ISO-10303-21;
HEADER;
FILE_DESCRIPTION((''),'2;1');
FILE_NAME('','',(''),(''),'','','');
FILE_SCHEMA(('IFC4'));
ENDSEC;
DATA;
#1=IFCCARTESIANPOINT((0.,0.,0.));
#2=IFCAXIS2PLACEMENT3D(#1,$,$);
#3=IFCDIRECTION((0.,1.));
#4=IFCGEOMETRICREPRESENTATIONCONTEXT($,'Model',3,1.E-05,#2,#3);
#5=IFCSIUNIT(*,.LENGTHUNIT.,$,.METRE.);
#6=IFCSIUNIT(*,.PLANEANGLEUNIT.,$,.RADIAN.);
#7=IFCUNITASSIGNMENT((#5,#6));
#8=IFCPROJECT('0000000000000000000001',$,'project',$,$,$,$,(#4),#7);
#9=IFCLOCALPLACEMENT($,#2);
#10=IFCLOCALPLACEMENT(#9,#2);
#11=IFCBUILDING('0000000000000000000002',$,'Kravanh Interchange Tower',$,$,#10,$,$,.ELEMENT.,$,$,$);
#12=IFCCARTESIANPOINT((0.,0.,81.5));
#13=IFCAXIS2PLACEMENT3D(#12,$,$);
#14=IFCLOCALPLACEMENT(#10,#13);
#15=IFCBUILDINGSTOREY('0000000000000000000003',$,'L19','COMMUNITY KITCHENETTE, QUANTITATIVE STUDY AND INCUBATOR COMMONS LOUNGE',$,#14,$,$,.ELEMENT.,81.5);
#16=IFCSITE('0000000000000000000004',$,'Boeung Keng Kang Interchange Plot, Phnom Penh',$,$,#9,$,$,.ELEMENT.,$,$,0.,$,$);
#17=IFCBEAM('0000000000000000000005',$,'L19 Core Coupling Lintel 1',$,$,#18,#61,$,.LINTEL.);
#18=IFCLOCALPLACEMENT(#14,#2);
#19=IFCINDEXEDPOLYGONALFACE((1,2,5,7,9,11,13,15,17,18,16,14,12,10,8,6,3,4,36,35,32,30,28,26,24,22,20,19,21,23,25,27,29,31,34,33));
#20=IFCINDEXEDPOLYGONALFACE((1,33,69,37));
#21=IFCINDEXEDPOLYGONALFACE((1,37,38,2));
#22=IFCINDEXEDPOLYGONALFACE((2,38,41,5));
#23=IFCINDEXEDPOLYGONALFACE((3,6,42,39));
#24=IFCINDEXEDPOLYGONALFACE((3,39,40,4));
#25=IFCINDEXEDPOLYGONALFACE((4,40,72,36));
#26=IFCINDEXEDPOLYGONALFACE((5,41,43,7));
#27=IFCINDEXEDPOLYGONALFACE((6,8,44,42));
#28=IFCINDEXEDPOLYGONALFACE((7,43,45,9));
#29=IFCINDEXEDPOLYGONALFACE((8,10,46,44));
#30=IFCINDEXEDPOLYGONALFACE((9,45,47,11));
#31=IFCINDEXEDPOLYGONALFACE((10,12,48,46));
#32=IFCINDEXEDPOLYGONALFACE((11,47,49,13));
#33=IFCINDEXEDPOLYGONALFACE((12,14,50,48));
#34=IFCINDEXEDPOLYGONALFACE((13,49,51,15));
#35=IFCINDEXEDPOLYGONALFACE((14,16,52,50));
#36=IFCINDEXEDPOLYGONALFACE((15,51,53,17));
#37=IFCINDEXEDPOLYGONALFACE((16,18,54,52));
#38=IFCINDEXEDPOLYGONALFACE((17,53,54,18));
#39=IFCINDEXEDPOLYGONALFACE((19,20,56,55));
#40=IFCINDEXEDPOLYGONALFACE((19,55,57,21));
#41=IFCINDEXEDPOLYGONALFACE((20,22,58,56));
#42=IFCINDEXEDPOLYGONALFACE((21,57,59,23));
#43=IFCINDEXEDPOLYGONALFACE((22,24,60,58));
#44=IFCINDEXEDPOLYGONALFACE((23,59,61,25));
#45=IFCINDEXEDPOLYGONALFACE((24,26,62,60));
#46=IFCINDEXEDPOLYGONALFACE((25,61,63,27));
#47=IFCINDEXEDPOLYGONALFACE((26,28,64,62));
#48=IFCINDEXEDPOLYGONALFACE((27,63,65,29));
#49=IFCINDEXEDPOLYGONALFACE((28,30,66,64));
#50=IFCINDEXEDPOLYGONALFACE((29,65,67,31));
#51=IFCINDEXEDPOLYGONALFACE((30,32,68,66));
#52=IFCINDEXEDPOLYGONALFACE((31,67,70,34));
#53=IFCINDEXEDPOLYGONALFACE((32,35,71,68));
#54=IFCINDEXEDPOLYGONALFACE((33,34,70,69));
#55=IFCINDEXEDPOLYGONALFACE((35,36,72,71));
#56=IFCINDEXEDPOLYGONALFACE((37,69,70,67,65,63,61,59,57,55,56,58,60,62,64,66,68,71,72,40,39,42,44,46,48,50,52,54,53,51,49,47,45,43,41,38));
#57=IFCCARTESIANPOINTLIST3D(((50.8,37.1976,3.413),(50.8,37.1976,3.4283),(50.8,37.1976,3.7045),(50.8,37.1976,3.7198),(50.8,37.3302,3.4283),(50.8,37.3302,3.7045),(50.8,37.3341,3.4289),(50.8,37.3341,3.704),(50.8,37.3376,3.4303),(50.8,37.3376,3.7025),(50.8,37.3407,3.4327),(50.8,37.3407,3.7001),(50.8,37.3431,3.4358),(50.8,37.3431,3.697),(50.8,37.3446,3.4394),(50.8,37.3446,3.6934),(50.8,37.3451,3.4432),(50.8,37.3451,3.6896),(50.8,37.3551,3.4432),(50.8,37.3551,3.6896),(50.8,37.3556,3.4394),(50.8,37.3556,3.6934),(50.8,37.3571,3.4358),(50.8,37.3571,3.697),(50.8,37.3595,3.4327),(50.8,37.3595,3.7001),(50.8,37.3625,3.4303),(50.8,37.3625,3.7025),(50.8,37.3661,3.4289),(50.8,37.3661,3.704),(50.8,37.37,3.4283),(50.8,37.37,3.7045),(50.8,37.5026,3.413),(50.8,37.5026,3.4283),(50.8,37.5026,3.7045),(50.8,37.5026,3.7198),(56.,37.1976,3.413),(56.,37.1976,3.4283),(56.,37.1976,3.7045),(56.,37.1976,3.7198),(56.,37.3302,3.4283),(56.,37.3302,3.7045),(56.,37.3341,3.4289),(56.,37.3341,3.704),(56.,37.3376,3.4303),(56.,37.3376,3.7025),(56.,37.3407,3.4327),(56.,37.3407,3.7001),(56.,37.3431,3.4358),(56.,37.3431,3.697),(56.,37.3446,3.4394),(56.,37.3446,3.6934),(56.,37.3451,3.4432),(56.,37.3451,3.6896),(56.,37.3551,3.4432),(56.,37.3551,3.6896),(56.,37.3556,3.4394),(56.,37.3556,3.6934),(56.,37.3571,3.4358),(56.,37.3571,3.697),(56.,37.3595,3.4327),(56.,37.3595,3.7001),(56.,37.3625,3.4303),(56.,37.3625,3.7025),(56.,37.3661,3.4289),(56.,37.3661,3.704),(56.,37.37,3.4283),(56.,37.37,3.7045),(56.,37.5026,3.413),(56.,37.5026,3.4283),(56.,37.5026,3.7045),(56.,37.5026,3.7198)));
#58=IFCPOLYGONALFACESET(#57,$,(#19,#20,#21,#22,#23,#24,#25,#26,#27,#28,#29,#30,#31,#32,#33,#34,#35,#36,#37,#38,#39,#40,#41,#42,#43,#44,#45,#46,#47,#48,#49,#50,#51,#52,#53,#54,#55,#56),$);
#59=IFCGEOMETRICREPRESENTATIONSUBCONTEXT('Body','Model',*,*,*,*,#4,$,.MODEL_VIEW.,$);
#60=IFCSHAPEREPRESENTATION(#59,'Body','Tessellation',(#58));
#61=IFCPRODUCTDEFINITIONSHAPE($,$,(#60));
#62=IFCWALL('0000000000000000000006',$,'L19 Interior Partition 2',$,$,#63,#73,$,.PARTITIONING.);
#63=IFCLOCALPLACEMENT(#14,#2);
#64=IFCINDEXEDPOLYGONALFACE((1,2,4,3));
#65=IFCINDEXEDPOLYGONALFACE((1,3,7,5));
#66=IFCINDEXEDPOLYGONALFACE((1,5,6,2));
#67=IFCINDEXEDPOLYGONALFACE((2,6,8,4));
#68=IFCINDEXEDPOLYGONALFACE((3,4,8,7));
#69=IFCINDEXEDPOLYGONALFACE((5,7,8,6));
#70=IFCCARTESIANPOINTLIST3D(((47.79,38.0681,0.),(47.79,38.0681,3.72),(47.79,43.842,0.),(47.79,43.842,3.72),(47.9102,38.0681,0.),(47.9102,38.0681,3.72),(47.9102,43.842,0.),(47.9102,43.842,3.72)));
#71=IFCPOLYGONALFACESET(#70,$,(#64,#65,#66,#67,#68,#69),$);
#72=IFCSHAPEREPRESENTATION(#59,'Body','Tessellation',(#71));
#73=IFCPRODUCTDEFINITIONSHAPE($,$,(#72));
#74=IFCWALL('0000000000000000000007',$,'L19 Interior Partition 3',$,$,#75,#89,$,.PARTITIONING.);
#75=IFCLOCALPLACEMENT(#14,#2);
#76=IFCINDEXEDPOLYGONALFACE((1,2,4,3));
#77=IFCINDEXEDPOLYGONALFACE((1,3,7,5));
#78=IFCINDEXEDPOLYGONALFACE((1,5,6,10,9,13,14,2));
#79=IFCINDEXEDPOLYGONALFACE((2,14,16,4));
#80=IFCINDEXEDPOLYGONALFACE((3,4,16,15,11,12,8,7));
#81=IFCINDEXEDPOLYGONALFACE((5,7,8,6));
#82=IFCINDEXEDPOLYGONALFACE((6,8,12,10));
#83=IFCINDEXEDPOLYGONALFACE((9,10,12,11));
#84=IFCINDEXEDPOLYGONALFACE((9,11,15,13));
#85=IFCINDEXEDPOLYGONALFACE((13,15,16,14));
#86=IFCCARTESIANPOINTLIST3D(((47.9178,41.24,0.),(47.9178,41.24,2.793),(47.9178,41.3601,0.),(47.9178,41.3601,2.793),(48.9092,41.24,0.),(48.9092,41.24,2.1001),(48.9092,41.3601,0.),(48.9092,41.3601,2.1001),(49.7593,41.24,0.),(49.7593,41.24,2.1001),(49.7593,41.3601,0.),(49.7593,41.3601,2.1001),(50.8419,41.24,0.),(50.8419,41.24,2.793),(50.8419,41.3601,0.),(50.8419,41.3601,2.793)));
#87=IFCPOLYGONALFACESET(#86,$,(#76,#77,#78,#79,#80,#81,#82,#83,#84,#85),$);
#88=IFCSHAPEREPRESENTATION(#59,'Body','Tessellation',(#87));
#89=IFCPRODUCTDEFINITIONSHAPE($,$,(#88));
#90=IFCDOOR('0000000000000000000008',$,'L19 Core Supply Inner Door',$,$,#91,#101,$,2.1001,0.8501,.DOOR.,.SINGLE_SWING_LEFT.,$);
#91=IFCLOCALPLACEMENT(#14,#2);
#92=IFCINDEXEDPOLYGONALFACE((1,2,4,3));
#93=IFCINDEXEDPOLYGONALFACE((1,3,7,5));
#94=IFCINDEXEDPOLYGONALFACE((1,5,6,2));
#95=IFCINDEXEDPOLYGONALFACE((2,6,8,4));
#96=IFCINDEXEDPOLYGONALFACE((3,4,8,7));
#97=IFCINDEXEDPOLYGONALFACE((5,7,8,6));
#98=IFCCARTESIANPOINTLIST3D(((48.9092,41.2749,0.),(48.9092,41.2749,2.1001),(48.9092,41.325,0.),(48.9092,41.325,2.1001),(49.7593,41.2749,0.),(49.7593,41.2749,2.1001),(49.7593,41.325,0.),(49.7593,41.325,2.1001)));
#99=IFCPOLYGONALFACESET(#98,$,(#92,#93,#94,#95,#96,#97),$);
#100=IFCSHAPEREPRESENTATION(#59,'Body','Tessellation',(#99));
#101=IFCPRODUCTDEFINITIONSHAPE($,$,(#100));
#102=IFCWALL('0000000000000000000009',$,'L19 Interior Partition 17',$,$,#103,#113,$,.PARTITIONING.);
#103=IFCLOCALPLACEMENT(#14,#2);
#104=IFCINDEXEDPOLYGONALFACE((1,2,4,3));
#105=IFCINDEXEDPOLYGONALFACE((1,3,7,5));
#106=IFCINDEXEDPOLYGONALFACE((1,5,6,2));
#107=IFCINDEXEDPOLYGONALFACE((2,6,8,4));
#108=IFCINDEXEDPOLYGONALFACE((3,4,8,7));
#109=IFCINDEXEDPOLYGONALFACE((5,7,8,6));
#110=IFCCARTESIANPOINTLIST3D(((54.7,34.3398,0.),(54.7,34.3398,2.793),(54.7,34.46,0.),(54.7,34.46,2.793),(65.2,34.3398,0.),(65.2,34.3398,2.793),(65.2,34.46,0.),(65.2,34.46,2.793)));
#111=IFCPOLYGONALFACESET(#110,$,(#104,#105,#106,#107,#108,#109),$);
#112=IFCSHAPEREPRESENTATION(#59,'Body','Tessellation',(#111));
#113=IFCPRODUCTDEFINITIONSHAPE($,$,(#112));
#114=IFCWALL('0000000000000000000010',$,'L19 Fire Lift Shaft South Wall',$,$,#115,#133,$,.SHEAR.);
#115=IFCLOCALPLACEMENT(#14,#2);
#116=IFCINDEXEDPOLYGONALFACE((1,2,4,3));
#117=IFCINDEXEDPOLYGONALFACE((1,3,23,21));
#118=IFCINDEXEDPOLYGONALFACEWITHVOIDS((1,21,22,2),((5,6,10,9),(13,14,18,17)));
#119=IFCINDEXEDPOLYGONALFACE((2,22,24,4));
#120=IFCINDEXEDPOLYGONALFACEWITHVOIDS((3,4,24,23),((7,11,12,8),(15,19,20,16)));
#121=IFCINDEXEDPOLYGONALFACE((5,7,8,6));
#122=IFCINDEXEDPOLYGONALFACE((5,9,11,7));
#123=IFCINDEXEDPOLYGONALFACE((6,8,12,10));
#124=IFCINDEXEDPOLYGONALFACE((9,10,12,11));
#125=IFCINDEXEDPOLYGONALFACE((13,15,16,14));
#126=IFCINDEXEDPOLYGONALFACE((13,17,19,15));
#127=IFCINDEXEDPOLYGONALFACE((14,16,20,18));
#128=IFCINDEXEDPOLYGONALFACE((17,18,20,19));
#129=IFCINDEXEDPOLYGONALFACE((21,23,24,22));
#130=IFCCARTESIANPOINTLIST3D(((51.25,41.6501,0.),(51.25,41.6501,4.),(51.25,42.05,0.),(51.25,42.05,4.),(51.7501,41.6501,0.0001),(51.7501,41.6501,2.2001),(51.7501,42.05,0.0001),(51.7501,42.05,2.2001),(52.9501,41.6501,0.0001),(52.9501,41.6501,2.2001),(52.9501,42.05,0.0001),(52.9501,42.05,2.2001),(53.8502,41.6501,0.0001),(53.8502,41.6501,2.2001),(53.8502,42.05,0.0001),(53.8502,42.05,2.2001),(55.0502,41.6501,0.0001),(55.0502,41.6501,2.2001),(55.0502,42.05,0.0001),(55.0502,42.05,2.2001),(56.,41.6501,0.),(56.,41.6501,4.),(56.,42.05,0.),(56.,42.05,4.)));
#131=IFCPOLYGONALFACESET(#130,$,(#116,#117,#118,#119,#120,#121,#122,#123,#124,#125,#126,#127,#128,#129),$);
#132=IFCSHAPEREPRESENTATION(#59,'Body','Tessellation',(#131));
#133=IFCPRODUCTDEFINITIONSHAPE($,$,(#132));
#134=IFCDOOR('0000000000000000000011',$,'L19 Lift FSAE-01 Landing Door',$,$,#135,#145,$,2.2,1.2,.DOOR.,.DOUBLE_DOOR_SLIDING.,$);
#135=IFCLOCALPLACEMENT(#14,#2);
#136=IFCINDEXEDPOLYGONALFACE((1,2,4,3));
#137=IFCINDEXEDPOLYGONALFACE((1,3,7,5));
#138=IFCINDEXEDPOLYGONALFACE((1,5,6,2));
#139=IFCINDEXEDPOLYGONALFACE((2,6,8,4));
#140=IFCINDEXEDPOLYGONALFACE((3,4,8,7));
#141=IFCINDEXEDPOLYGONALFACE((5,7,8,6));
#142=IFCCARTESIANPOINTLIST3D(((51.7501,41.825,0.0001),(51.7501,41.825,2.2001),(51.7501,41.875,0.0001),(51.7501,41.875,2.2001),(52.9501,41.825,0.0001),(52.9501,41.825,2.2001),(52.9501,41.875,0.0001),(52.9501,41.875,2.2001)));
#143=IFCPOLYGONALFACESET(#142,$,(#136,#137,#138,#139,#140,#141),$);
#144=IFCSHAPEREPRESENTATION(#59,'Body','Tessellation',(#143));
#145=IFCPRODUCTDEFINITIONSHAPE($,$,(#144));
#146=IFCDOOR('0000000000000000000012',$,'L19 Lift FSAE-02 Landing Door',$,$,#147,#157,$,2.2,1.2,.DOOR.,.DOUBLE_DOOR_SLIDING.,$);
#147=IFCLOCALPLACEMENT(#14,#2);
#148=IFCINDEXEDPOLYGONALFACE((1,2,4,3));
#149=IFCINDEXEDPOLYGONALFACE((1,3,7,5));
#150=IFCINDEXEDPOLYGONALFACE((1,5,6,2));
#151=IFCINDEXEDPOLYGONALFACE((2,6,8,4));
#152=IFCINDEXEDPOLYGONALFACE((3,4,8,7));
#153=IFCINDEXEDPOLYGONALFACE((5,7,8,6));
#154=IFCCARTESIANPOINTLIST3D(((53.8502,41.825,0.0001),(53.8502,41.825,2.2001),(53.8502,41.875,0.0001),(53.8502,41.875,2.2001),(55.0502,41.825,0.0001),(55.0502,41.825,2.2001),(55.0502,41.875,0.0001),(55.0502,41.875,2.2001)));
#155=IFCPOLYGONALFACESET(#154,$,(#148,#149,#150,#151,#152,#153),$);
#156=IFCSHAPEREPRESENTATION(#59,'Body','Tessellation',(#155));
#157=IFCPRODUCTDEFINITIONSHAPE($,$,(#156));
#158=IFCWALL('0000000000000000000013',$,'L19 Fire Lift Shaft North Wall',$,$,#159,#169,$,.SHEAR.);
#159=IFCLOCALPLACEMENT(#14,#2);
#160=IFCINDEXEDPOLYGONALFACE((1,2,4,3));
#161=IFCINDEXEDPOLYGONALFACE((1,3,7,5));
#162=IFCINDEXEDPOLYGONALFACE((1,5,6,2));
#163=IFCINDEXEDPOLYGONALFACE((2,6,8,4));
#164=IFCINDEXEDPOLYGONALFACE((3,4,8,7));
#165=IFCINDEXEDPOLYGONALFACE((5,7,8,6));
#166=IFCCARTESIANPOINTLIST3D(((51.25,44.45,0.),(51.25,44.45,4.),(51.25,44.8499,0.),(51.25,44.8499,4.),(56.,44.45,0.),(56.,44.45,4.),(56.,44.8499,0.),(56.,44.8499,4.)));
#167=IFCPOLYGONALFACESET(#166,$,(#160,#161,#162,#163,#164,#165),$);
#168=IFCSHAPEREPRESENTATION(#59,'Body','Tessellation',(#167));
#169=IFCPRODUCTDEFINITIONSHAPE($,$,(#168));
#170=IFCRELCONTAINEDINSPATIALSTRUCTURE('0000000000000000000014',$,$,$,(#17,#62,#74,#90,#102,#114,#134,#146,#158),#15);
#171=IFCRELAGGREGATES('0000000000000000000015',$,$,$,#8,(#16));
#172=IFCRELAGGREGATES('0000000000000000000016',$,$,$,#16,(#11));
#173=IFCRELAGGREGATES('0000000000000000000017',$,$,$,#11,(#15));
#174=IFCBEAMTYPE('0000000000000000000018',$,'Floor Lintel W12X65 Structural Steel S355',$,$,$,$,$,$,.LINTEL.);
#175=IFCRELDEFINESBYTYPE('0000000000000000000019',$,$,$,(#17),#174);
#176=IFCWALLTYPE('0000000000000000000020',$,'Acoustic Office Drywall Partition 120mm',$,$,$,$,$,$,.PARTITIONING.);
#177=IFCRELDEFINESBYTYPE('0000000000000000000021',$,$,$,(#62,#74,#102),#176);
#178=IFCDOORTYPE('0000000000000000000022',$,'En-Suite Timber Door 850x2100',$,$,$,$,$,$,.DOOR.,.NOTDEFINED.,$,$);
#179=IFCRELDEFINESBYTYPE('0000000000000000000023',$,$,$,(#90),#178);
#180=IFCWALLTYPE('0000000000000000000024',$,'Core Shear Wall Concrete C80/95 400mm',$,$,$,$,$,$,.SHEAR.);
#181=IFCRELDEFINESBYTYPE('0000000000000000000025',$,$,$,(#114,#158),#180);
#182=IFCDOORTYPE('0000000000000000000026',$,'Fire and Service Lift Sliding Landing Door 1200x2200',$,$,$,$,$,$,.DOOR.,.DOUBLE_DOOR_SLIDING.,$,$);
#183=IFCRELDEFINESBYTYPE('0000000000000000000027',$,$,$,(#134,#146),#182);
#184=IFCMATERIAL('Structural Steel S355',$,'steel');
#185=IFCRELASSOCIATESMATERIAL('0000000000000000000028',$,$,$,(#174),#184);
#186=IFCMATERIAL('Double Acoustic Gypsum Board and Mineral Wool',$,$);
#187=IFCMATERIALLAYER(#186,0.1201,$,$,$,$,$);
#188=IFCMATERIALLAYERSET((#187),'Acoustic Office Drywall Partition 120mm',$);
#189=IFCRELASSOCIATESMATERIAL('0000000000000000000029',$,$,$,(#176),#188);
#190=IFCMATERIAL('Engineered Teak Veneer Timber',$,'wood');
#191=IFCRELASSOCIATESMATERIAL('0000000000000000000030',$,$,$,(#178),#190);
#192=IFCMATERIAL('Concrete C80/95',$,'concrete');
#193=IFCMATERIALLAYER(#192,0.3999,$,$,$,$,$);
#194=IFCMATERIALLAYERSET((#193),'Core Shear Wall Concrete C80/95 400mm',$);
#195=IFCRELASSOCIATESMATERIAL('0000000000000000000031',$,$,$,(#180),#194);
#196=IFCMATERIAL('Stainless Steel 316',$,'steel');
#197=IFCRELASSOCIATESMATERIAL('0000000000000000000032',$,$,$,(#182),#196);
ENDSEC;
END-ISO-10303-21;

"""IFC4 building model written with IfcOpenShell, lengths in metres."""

from ifc_helpers import new_model, si_unit, direction, frame, frame_2d, origin, origin_2d, place, context, subcontext, project, spatial, rectangle, i_section, extrude, material, layer, layer_set, material_profile, profile_set, type_object, element, fill, save


model = new_model("IFC4")

# Units and contexts
model_context = context("Model", 3, precision=1e-05, world=origin(), true_north=direction((0.0, 1.0)))
body_context = subcontext(model_context, "Body", "Model", "MODEL_VIEW")
ifc_project = project(units=[si_unit("LENGTHUNIT", "METRE"), si_unit("PLANEANGLEUNIT", "RADIAN")], contexts=[model_context])

# Site, building, storey
site_placement = place(None, origin())
site = spatial("IfcSite", under=ifc_project, at=site_placement, Name="Boeung Keng Kang Interchange Plot, Phnom Penh", CompositionType="ELEMENT", RefElevation=0.0)
building_placement = place(site_placement, origin())
building = spatial("IfcBuilding", under=site, at=building_placement, Name="Kravanh Interchange Tower", CompositionType="ELEMENT")
storey_placement = place(building_placement, frame((0.0, 0.0, 81.5)))
storey = spatial("IfcBuildingStorey", under=building, at=storey_placement, Name="L19", Description="COMMUNITY KITCHENETTE, QUANTITATIVE STUDY AND INCUBATOR COMMONS LOUNGE", CompositionType="ELEMENT", Elevation=81.5)

# Beam
ifc_material_1 = material(Name="Structural Steel S355", Category="steel")
ifc_material_profile_1 = material_profile(ifc_material_1, i_section(OverallWidth=0.3049, OverallDepth=0.3069, WebThickness=0.01, FlangeThickness=0.0154, FilletRadius=0.0149, at=origin_2d()), Name="W12X65")
ifc_profile_set_1 = profile_set([ifc_material_profile_1], Name="Structural Steel S355")
beam_type_1 = type_object("IfcBeamType", Name="Floor Lintel W12X65 Structural Steel S355", PredefinedType="LINTEL", material=ifc_profile_set_1)
beam_1_placement = place(storey_placement, frame((50.8, 37.3501, 3.5664), z_axis=(1.0, 0.0, 0.0), x_axis=(0.0, 1.0, 0.0)))
element("IfcBeam", 1, at=beam_1_placement, inside=storey, type_object=beam_type_1, Name="L19 Core Coupling Lintel 1", PredefinedType="LINTEL", context=body_context, shape_type="SweptSolid", body=[
    extrude(i_section(OverallWidth=0.3049, OverallDepth=0.3069, WebThickness=0.01, FlangeThickness=0.0154, FilletRadius=0.0149, at=origin_2d()), origin(), (0.0, 0.0, 1.0), 5.2),
])

# Wall
ifc_material_2 = material(Name="Double Acoustic Gypsum Board and Mineral Wool")
ifc_layer_1 = layer(ifc_material_2, 0.1201)
ifc_layer_set_1 = layer_set([ifc_layer_1], Name="Acoustic Office Drywall Partition 120mm")
wall_type_1 = type_object("IfcWallType", Name="Acoustic Office Drywall Partition 120mm", PredefinedType="PARTITIONING", material=ifc_layer_set_1)
wall_1_placement = place(storey_placement, frame((47.8501, 38.0681, 0.0), z_axis=(0.0, 0.0, 1.0), x_axis=(0.0, 1.0, 0.0)))
element("IfcWall", 2, at=wall_1_placement, inside=storey, type_object=wall_type_1, Name="L19 Interior Partition 2", PredefinedType="PARTITIONING", context=body_context, shape_type="SweptSolid", body=[
    extrude(rectangle(XDim=5.7739, YDim=0.1201, at=frame_2d((2.887, 0.0))), origin(), (0.0, 0.0, 1.0), 3.72),
])

# Wall, opening, door
wall_2_placement = place(storey_placement, frame((47.918, 41.3, 0.0), z_axis=(0.0, 0.0, 1.0), x_axis=(1.0, 0.0, 0.0)))
wall_2 = element("IfcWall", 3, at=wall_2_placement, inside=storey, type_object=wall_type_1, Name="L19 Interior Partition 3", PredefinedType="PARTITIONING", context=body_context, shape_type="SweptSolid", body=[
    extrude(rectangle(XDim=2.9241, YDim=0.1201, at=frame_2d((1.4619, 0.0))), origin(), (0.0, 0.0, 1.0), 2.793),
])
opening_1_placement = place(wall_2_placement, frame((0.9912, 0.0, 0.0)))
opening_1 = element("IfcOpeningElement", 4, at=opening_1_placement, cuts=wall_2, PredefinedType="OPENING", context=body_context, shape_type="SweptSolid", body=[
    extrude(rectangle(XDim=0.8501, YDim=2.1001, at=frame_2d((0.425, 1.05))), frame((0.0, 0.0701, 0.0), z_axis=(0.0, -1.0, 0.0), x_axis=(1.0, 0.0, 0.0)), (0.0, 0.0, 1.0), 0.1401),
])
ifc_material_3 = material(Name="Engineered Teak Veneer Timber", Category="wood")
door_type_1 = type_object("IfcDoorType", Name="En-Suite Timber Door 850x2100", OperationType="NOTDEFINED", PredefinedType="DOOR", material=ifc_material_3)
door_1_placement = place(opening_1_placement, origin())
door_1 = element("IfcDoor", 5, at=door_1_placement, inside=storey, type_object=door_type_1, Name="L19 Core Supply Inner Door", OperationType="SINGLE_SWING_LEFT", OverallHeight=2.1001, OverallWidth=0.8501, PredefinedType="DOOR", context=body_context, shape_type="SweptSolid", body=[
    extrude(rectangle(XDim=0.8501, YDim=2.1001, at=frame_2d((0.425, 1.05))), frame((0.0, 0.0249, 0.0), z_axis=(0.0, -1.0, 0.0), x_axis=(1.0, 0.0, 0.0)), (0.0, 0.0, 1.0), 0.05),
])
fill(opening_1, door_1)

# Wall
wall_3_placement = place(storey_placement, frame((54.7, 34.3999, 0.0), z_axis=(0.0, 0.0, 1.0), x_axis=(1.0, 0.0, 0.0)))
element("IfcWall", 6, at=wall_3_placement, inside=storey, type_object=wall_type_1, Name="L19 Interior Partition 17", PredefinedType="PARTITIONING", context=body_context, shape_type="SweptSolid", body=[
    extrude(rectangle(XDim=10.5, YDim=0.1201, at=frame_2d((5.25, 0.0))), origin(), (0.0, 0.0, 1.0), 2.793),
])

# Wall, openings, doors
ifc_material_4 = material(Name="Concrete C80/95", Category="concrete")
ifc_layer_2 = layer(ifc_material_4, 0.3999)
ifc_layer_set_2 = layer_set([ifc_layer_2], Name="Core Shear Wall Concrete C80/95 400mm")
wall_type_2 = type_object("IfcWallType", Name="Core Shear Wall Concrete C80/95 400mm", PredefinedType="SHEAR", material=ifc_layer_set_2)
wall_4_placement = place(storey_placement, frame((51.25, 41.8501, 0.0), z_axis=(0.0, 0.0, 1.0), x_axis=(1.0, 0.0, 0.0)))
wall_4 = element("IfcWall", 7, at=wall_4_placement, inside=storey, type_object=wall_type_2, Name="L19 Fire Lift Shaft South Wall", PredefinedType="SHEAR", context=body_context, shape_type="SweptSolid", body=[
    extrude(rectangle(XDim=4.75, YDim=0.3999, at=frame_2d((2.375, 0.0))), origin(), (0.0, 0.0, 1.0), 4.0),
])
opening_2_placement = place(wall_4_placement, frame((0.5, 0.0, 0.0)))
opening_2 = element("IfcOpeningElement", 8, at=opening_2_placement, cuts=wall_4, PredefinedType="OPENING", context=body_context, shape_type="SweptSolid", body=[
    extrude(rectangle(XDim=1.2, YDim=2.2, at=frame_2d((0.6001, 1.1001))), frame((0.0, 0.21, 0.0), z_axis=(0.0, -1.0, 0.0), x_axis=(1.0, 0.0, 0.0)), (0.0, 0.0, 1.0), 0.4199),
])
opening_3_placement = place(wall_4_placement, frame((2.6001, 0.0, 0.0)))
opening_3 = element("IfcOpeningElement", 9, at=opening_3_placement, cuts=wall_4, PredefinedType="OPENING", context=body_context, shape_type="SweptSolid", body=[
    extrude(rectangle(XDim=1.2, YDim=2.2, at=frame_2d((0.6001, 1.1001))), frame((0.0, 0.21, 0.0), z_axis=(0.0, -1.0, 0.0), x_axis=(1.0, 0.0, 0.0)), (0.0, 0.0, 1.0), 0.4199),
])
ifc_material_5 = material(Name="Stainless Steel 316", Category="steel")
door_type_2 = type_object("IfcDoorType", Name="Fire and Service Lift Sliding Landing Door 1200x2200", OperationType="DOUBLE_DOOR_SLIDING", PredefinedType="DOOR", material=ifc_material_5)
door_2_placement = place(opening_2_placement, origin())
door_2 = element("IfcDoor", 10, at=door_2_placement, inside=storey, type_object=door_type_2, Name="L19 Lift FSAE-01 Landing Door", OperationType="DOUBLE_DOOR_SLIDING", OverallHeight=2.2, OverallWidth=1.2, PredefinedType="DOOR", context=body_context, shape_type="SweptSolid", body=[
    extrude(rectangle(XDim=1.2, YDim=2.2, at=frame_2d((0.6001, 1.1001))), frame((0.0, 0.0249, 0.0), z_axis=(0.0, -1.0, 0.0), x_axis=(1.0, 0.0, 0.0)), (0.0, 0.0, 1.0), 0.05),
])
fill(opening_2, door_2)
door_3_placement = place(opening_3_placement, origin())
door_3 = element("IfcDoor", 11, at=door_3_placement, inside=storey, type_object=door_type_2, Name="L19 Lift FSAE-02 Landing Door", OperationType="DOUBLE_DOOR_SLIDING", OverallHeight=2.2, OverallWidth=1.2, PredefinedType="DOOR", context=body_context, shape_type="SweptSolid", body=[
    extrude(rectangle(XDim=1.2, YDim=2.2, at=frame_2d((0.6001, 1.1001))), frame((0.0, 0.0249, 0.0), z_axis=(0.0, -1.0, 0.0), x_axis=(1.0, 0.0, 0.0)), (0.0, 0.0, 1.0), 0.05),
])
fill(opening_3, door_3)

# Wall
wall_5_placement = place(storey_placement, frame((51.25, 44.6499, 0.0), z_axis=(0.0, 0.0, 1.0), x_axis=(1.0, 0.0, 0.0)))
element("IfcWall", 12, at=wall_5_placement, inside=storey, type_object=wall_type_2, Name="L19 Fire Lift Shaft North Wall", PredefinedType="SHEAR", context=body_context, shape_type="SweptSolid", body=[
    extrude(rectangle(XDim=4.75, YDim=0.3999, at=frame_2d((2.375, 0.0))), origin(), (0.0, 0.0, 1.0), 4.0),
])

save(model, "model.ifc")
